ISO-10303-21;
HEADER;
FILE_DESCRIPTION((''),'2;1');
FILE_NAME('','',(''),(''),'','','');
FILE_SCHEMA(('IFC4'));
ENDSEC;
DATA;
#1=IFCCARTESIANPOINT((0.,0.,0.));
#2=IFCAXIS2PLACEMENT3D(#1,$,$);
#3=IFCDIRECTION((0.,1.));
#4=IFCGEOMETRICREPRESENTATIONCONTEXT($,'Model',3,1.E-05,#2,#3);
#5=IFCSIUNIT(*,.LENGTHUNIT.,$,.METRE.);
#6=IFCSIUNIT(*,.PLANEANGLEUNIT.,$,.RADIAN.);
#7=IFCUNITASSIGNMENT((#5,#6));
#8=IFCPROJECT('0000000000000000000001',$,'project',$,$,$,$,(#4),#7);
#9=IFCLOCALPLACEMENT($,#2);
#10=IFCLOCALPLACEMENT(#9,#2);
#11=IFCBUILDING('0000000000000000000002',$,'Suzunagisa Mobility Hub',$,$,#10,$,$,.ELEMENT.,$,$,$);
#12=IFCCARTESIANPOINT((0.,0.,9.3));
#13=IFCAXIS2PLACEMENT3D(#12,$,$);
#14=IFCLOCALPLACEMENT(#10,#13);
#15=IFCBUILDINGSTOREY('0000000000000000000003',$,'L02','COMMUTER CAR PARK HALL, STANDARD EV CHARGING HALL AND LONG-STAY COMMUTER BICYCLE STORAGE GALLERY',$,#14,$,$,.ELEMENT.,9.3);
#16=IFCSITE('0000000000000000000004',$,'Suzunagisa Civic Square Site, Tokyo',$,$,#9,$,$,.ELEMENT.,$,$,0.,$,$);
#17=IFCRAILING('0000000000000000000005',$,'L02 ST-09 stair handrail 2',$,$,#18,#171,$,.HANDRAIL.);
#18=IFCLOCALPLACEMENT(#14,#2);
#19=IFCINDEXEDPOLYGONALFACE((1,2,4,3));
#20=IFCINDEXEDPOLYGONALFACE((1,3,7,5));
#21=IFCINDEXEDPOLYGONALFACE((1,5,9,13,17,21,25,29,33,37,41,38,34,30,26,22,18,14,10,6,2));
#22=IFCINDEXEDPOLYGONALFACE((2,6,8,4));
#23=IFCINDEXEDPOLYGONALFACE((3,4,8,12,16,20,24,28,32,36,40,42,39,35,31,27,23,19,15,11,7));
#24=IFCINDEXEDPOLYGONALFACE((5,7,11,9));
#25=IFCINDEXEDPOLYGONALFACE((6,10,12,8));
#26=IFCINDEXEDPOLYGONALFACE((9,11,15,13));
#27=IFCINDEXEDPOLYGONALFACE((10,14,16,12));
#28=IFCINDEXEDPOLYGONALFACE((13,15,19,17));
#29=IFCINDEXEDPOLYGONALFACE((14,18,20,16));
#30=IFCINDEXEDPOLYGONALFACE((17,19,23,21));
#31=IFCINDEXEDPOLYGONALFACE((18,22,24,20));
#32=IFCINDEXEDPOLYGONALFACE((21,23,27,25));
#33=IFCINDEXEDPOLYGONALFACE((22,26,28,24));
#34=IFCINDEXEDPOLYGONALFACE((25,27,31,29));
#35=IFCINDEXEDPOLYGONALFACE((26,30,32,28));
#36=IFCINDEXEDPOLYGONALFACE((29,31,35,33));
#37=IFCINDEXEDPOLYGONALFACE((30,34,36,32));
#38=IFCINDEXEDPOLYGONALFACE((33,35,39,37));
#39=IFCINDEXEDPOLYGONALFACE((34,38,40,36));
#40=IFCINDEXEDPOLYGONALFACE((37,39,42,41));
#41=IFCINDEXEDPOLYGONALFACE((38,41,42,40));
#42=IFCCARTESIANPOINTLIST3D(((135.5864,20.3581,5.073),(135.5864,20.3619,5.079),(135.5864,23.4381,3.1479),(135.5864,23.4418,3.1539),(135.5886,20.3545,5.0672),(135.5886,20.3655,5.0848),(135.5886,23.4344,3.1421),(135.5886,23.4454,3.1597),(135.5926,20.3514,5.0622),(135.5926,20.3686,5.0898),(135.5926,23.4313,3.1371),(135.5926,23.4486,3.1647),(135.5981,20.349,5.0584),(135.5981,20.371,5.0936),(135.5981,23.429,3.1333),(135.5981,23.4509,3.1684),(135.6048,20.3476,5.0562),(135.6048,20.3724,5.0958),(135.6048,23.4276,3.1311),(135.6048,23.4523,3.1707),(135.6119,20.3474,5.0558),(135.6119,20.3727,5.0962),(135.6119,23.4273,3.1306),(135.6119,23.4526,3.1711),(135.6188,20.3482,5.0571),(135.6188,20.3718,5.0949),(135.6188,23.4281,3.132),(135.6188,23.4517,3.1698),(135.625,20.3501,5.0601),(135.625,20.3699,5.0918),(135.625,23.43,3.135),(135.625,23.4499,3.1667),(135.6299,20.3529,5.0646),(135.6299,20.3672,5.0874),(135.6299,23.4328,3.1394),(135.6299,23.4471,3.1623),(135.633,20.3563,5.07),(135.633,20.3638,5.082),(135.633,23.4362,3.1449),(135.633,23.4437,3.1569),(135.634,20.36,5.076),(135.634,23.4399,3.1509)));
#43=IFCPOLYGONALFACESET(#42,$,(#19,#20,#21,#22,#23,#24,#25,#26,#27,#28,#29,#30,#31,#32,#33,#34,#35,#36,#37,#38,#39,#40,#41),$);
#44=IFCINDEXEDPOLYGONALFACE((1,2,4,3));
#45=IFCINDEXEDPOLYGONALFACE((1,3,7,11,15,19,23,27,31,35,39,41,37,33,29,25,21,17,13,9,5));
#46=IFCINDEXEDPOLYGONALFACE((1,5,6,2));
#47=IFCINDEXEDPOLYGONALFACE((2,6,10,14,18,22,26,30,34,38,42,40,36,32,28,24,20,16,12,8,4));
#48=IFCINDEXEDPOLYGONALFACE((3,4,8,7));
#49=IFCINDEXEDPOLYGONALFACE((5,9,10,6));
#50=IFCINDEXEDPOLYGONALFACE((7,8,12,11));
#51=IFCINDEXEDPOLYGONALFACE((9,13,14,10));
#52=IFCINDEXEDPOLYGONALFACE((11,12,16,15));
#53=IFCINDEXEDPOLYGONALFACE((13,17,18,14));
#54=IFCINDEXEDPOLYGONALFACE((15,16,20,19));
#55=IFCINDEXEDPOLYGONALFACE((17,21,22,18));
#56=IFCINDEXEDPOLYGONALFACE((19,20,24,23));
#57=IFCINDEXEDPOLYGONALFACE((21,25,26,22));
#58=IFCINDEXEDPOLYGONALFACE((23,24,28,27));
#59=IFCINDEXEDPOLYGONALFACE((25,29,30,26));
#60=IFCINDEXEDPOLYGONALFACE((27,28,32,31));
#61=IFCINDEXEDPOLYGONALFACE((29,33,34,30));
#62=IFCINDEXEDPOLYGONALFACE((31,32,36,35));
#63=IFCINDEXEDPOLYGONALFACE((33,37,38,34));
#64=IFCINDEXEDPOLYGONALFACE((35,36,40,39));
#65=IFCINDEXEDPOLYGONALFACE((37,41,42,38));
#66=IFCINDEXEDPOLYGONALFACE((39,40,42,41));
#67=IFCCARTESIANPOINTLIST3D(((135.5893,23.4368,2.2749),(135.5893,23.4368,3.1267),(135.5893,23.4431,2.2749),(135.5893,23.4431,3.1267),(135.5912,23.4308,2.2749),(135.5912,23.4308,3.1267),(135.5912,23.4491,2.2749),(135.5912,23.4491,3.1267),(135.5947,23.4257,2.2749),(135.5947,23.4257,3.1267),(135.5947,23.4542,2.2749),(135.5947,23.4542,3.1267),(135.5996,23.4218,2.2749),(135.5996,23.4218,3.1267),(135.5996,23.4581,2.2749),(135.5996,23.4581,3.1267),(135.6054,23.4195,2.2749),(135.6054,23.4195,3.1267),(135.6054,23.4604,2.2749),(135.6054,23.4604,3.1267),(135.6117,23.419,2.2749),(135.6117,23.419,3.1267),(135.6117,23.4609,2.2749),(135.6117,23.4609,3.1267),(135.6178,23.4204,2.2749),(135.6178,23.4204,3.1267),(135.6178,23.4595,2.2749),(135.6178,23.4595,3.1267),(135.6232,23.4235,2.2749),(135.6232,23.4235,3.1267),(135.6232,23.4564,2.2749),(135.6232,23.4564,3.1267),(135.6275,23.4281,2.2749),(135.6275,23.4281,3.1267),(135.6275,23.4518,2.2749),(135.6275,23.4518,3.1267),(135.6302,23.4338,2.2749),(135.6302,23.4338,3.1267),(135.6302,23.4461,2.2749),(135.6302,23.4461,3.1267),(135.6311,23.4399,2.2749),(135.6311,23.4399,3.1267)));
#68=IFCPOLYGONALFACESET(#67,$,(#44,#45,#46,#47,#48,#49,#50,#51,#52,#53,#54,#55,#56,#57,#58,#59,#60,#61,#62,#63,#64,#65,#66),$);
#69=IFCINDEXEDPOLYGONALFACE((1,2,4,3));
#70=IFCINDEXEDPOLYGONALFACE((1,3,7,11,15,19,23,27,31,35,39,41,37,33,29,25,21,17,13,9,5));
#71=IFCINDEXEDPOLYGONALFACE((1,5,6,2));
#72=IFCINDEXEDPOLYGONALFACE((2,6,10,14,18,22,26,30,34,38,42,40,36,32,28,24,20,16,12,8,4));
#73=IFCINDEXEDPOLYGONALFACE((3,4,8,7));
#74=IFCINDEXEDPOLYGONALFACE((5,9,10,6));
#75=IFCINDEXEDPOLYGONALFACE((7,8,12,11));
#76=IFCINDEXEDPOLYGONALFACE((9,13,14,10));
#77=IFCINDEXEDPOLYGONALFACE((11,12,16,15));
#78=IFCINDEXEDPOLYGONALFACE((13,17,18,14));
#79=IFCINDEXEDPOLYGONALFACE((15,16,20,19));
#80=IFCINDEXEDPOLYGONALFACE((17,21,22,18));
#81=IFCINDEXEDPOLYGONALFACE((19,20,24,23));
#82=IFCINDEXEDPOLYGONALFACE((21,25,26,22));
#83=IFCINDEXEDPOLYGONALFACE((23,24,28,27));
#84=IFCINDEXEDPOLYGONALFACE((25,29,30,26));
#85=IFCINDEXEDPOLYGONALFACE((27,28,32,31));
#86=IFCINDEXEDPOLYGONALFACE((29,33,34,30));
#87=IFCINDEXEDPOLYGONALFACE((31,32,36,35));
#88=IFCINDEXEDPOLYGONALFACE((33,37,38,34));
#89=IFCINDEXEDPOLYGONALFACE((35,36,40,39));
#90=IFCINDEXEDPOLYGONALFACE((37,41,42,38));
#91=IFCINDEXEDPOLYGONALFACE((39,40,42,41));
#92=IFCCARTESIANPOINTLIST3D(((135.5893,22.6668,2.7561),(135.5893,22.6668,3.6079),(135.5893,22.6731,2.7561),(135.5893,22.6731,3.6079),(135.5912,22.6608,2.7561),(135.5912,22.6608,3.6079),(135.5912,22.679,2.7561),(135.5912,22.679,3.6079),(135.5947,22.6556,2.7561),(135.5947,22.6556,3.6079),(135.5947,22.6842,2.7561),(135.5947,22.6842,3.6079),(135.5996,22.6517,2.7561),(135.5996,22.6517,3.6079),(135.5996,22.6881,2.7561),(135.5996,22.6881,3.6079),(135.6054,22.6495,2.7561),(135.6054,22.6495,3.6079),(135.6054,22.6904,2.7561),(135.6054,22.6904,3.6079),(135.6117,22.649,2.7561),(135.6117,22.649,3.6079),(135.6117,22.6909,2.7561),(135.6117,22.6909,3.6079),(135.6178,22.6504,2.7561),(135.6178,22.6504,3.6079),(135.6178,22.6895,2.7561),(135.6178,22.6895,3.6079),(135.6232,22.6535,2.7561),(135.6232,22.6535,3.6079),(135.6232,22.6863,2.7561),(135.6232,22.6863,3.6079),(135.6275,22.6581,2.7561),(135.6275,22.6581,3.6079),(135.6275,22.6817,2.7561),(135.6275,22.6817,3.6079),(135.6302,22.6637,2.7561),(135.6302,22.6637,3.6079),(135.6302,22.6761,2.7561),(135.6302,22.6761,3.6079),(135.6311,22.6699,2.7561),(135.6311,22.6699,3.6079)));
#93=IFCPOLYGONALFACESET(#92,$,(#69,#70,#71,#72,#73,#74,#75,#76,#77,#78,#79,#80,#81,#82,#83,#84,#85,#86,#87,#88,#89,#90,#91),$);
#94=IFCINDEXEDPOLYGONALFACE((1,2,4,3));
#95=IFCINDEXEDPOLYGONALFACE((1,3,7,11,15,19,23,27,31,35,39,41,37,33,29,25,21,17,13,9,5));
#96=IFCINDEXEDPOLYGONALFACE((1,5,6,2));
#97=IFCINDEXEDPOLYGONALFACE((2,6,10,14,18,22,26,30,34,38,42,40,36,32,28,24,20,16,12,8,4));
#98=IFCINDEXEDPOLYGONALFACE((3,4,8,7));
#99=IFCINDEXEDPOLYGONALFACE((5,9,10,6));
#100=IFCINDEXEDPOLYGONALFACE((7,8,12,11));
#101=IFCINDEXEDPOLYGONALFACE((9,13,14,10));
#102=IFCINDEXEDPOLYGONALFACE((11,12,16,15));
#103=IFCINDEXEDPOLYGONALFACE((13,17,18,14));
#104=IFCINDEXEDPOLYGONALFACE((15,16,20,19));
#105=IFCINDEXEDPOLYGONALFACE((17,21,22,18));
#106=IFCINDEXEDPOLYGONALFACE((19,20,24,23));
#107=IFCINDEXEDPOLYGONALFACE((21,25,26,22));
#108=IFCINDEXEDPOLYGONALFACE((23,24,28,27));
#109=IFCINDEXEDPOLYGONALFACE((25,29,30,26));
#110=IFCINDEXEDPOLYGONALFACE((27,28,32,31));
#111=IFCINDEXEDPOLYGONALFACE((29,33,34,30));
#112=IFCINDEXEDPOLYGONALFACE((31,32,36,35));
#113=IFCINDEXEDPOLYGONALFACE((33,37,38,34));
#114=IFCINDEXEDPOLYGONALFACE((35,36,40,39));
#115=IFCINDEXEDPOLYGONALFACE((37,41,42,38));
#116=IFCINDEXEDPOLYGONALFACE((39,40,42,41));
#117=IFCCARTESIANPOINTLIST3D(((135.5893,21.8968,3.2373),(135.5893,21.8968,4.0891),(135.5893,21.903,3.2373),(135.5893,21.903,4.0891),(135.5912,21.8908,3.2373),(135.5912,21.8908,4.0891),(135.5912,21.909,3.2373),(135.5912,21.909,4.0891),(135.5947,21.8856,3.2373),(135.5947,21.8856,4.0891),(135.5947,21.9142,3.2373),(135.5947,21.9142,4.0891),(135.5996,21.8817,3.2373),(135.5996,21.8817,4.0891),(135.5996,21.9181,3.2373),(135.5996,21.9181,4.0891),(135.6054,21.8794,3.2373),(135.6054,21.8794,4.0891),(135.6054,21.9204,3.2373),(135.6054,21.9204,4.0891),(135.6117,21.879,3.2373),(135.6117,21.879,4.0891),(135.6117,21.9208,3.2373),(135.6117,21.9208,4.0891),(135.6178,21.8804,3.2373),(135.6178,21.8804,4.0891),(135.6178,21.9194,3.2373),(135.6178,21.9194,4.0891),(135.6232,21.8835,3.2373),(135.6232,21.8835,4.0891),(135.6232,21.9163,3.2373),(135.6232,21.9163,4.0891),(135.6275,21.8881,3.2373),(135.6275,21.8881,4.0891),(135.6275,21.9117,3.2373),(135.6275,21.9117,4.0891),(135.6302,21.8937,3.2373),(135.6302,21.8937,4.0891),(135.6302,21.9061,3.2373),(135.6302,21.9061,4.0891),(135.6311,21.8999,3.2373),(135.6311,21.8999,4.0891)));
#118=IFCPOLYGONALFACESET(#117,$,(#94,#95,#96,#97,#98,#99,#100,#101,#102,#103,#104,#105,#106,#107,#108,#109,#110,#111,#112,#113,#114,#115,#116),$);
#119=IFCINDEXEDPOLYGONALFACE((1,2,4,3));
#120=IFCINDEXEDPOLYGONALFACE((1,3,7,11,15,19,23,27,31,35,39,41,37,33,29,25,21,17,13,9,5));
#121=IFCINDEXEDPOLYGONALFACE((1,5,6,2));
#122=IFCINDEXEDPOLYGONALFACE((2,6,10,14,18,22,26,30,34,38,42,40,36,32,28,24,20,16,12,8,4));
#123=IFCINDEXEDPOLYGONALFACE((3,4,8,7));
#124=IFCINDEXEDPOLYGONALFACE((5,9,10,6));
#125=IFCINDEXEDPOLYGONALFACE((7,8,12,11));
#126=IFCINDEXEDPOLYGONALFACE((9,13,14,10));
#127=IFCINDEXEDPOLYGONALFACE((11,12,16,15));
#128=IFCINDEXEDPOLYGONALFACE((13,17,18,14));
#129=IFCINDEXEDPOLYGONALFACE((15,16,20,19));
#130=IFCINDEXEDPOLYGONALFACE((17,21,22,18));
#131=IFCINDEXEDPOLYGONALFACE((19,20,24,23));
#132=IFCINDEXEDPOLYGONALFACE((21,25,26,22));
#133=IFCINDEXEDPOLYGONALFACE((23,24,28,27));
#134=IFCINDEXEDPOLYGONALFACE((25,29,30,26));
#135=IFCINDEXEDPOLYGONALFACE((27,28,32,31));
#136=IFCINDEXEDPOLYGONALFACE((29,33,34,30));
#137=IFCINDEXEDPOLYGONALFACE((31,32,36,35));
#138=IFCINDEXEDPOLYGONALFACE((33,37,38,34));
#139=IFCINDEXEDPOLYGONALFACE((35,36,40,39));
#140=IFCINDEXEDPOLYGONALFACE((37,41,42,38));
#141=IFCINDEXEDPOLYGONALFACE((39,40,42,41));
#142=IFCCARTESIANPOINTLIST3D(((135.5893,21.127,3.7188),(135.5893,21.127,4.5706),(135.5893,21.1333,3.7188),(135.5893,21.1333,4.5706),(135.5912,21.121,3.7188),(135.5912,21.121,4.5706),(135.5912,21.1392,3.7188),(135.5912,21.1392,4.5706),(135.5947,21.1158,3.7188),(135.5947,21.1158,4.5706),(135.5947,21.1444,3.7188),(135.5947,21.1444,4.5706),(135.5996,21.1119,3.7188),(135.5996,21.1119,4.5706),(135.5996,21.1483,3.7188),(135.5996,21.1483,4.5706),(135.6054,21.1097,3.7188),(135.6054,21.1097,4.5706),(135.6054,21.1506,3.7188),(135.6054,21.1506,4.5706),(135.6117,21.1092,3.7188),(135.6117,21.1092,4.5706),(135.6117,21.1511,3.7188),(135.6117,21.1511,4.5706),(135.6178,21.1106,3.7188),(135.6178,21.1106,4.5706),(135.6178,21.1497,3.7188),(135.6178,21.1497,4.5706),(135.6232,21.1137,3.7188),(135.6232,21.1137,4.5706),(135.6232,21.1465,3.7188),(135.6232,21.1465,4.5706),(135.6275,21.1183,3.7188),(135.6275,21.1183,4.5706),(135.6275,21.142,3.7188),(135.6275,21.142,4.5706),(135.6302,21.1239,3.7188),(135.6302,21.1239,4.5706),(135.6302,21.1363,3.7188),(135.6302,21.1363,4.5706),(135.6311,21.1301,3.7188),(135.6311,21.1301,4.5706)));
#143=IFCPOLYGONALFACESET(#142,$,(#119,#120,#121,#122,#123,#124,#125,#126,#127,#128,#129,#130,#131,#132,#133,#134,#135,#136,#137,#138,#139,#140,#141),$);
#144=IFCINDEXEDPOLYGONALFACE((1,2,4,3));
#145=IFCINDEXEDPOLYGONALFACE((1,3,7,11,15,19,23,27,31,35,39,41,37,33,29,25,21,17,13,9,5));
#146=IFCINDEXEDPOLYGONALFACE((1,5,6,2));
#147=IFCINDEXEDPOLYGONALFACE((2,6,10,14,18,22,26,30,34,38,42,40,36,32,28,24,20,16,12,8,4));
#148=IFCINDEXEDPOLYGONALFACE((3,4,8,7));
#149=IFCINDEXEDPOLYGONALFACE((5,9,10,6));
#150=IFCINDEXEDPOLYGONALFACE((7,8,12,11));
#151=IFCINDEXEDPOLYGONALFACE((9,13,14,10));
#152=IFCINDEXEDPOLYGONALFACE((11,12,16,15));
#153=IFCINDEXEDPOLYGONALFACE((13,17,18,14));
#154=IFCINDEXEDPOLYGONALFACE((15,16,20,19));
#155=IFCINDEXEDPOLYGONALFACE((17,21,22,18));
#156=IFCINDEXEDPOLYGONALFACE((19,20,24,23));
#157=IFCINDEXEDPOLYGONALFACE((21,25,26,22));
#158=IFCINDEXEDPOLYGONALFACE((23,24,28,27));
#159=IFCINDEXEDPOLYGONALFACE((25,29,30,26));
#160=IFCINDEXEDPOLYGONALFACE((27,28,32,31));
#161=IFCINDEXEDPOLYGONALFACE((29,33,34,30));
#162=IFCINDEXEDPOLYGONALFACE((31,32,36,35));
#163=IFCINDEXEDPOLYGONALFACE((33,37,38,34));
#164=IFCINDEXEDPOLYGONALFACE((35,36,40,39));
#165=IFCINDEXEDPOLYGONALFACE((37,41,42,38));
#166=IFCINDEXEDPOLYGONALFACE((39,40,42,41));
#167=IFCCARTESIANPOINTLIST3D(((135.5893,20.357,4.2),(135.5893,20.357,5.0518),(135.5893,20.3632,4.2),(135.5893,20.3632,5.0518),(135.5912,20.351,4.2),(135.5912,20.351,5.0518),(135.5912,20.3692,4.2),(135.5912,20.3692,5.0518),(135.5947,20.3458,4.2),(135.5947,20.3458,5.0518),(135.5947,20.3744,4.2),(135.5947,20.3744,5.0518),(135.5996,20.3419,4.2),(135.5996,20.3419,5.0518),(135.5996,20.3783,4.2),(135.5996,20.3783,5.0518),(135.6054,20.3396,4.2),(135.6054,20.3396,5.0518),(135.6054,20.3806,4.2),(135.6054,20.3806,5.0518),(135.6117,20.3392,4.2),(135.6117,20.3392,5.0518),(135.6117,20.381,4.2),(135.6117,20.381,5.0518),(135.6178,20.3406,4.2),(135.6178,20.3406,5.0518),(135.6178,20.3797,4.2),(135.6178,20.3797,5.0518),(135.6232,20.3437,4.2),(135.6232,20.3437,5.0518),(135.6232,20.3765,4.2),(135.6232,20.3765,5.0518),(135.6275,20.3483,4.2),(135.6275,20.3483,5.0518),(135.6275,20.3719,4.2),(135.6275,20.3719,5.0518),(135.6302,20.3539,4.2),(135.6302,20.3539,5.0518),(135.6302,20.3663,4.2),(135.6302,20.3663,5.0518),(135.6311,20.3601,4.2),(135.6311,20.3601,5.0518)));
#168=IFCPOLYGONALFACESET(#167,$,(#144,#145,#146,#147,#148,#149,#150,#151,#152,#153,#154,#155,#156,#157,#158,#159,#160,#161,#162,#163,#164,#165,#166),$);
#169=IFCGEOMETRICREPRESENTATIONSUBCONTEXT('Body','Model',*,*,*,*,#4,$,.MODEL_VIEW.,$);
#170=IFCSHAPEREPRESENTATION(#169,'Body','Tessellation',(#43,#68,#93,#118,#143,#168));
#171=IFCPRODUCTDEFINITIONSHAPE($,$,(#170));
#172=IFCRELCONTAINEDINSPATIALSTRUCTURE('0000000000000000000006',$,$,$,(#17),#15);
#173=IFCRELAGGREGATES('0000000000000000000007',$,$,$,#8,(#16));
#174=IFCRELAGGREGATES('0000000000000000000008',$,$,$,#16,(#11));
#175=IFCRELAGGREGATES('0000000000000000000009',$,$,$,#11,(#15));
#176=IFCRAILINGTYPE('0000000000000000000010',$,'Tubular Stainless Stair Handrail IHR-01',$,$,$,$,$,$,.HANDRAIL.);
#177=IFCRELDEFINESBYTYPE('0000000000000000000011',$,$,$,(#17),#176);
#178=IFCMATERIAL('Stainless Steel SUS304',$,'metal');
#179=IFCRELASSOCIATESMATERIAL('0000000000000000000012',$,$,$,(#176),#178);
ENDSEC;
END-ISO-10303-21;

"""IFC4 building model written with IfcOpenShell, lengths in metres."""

from ifc_helpers import new_model, si_unit, direction, frame, origin, origin_2d, place, context, subcontext, project, spatial, circle, extrude, material, type_object, element, save


model = new_model("IFC4")

# Units and contexts
model_context = context("Model", 3, precision=1e-05, world=origin(), true_north=direction((0.0, 1.0)))
body_context = subcontext(model_context, "Body", "Model", "MODEL_VIEW")
ifc_project = project(units=[si_unit("LENGTHUNIT", "METRE"), si_unit("PLANEANGLEUNIT", "RADIAN")], contexts=[model_context])

# Site, building, storey
site_placement = place(None, origin())
site = spatial("IfcSite", under=ifc_project, at=site_placement, Name="Suzunagisa Civic Square Site, Tokyo", CompositionType="ELEMENT", RefElevation=0.0)
building_placement = place(site_placement, origin())
building = spatial("IfcBuilding", under=site, at=building_placement, Name="Suzunagisa Mobility Hub", CompositionType="ELEMENT")
storey_placement = place(building_placement, frame((0.0, 0.0, 9.3)))
storey = spatial("IfcBuildingStorey", under=building, at=storey_placement, Name="L02", Description="COMMUTER CAR PARK HALL, STANDARD EV CHARGING HALL AND LONG-STAY COMMUTER BICYCLE STORAGE GALLERY", CompositionType="ELEMENT", Elevation=9.3)

# Railing
ifc_material_1 = material(Name="Stainless Steel SUS304", Category="metal")
railing_type_1 = type_object("IfcRailingType", Name="Tubular Stainless Stair Handrail IHR-01", PredefinedType="HANDRAIL", material=ifc_material_1)
railing_1_placement = place(storey_placement, frame((135.6101, 23.4399, 2.2749)))
element("IfcRailing", 1, at=railing_1_placement, inside=storey, type_object=railing_type_1, Name="L02 ST-09 stair handrail 2", PredefinedType="HANDRAIL", context=body_context, shape_type="SweptSolid", body=[
    extrude(circle(Radius=0.0239, at=origin_2d()), frame((0.0, 0.0, 0.876), z_axis=(0.0, -0.847979, 0.530029), x_axis=(1.0, 0.0, 0.0)), (0.0, 0.0, 1.0), 3.6321),
    extrude(circle(Radius=0.021, at=origin_2d()), origin(), (0.0, 0.0, 1.0), 0.8518),
    extrude(circle(Radius=0.021, at=origin_2d()), frame((0.0, -0.77, 0.4812)), (0.0, 0.0, 1.0), 0.8518),
    extrude(circle(Radius=0.021, at=origin_2d()), frame((0.0, -1.54, 0.9624)), (0.0, 0.0, 1.0), 0.8518),
    extrude(circle(Radius=0.021, at=origin_2d()), frame((0.0, -2.3098, 1.4438)), (0.0, 0.0, 1.0), 0.8518),
    extrude(circle(Radius=0.021, at=origin_2d()), frame((0.0, -3.0798, 1.925)), (0.0, 0.0, 1.0), 0.8518),
])

save(model, "model.ifc")
